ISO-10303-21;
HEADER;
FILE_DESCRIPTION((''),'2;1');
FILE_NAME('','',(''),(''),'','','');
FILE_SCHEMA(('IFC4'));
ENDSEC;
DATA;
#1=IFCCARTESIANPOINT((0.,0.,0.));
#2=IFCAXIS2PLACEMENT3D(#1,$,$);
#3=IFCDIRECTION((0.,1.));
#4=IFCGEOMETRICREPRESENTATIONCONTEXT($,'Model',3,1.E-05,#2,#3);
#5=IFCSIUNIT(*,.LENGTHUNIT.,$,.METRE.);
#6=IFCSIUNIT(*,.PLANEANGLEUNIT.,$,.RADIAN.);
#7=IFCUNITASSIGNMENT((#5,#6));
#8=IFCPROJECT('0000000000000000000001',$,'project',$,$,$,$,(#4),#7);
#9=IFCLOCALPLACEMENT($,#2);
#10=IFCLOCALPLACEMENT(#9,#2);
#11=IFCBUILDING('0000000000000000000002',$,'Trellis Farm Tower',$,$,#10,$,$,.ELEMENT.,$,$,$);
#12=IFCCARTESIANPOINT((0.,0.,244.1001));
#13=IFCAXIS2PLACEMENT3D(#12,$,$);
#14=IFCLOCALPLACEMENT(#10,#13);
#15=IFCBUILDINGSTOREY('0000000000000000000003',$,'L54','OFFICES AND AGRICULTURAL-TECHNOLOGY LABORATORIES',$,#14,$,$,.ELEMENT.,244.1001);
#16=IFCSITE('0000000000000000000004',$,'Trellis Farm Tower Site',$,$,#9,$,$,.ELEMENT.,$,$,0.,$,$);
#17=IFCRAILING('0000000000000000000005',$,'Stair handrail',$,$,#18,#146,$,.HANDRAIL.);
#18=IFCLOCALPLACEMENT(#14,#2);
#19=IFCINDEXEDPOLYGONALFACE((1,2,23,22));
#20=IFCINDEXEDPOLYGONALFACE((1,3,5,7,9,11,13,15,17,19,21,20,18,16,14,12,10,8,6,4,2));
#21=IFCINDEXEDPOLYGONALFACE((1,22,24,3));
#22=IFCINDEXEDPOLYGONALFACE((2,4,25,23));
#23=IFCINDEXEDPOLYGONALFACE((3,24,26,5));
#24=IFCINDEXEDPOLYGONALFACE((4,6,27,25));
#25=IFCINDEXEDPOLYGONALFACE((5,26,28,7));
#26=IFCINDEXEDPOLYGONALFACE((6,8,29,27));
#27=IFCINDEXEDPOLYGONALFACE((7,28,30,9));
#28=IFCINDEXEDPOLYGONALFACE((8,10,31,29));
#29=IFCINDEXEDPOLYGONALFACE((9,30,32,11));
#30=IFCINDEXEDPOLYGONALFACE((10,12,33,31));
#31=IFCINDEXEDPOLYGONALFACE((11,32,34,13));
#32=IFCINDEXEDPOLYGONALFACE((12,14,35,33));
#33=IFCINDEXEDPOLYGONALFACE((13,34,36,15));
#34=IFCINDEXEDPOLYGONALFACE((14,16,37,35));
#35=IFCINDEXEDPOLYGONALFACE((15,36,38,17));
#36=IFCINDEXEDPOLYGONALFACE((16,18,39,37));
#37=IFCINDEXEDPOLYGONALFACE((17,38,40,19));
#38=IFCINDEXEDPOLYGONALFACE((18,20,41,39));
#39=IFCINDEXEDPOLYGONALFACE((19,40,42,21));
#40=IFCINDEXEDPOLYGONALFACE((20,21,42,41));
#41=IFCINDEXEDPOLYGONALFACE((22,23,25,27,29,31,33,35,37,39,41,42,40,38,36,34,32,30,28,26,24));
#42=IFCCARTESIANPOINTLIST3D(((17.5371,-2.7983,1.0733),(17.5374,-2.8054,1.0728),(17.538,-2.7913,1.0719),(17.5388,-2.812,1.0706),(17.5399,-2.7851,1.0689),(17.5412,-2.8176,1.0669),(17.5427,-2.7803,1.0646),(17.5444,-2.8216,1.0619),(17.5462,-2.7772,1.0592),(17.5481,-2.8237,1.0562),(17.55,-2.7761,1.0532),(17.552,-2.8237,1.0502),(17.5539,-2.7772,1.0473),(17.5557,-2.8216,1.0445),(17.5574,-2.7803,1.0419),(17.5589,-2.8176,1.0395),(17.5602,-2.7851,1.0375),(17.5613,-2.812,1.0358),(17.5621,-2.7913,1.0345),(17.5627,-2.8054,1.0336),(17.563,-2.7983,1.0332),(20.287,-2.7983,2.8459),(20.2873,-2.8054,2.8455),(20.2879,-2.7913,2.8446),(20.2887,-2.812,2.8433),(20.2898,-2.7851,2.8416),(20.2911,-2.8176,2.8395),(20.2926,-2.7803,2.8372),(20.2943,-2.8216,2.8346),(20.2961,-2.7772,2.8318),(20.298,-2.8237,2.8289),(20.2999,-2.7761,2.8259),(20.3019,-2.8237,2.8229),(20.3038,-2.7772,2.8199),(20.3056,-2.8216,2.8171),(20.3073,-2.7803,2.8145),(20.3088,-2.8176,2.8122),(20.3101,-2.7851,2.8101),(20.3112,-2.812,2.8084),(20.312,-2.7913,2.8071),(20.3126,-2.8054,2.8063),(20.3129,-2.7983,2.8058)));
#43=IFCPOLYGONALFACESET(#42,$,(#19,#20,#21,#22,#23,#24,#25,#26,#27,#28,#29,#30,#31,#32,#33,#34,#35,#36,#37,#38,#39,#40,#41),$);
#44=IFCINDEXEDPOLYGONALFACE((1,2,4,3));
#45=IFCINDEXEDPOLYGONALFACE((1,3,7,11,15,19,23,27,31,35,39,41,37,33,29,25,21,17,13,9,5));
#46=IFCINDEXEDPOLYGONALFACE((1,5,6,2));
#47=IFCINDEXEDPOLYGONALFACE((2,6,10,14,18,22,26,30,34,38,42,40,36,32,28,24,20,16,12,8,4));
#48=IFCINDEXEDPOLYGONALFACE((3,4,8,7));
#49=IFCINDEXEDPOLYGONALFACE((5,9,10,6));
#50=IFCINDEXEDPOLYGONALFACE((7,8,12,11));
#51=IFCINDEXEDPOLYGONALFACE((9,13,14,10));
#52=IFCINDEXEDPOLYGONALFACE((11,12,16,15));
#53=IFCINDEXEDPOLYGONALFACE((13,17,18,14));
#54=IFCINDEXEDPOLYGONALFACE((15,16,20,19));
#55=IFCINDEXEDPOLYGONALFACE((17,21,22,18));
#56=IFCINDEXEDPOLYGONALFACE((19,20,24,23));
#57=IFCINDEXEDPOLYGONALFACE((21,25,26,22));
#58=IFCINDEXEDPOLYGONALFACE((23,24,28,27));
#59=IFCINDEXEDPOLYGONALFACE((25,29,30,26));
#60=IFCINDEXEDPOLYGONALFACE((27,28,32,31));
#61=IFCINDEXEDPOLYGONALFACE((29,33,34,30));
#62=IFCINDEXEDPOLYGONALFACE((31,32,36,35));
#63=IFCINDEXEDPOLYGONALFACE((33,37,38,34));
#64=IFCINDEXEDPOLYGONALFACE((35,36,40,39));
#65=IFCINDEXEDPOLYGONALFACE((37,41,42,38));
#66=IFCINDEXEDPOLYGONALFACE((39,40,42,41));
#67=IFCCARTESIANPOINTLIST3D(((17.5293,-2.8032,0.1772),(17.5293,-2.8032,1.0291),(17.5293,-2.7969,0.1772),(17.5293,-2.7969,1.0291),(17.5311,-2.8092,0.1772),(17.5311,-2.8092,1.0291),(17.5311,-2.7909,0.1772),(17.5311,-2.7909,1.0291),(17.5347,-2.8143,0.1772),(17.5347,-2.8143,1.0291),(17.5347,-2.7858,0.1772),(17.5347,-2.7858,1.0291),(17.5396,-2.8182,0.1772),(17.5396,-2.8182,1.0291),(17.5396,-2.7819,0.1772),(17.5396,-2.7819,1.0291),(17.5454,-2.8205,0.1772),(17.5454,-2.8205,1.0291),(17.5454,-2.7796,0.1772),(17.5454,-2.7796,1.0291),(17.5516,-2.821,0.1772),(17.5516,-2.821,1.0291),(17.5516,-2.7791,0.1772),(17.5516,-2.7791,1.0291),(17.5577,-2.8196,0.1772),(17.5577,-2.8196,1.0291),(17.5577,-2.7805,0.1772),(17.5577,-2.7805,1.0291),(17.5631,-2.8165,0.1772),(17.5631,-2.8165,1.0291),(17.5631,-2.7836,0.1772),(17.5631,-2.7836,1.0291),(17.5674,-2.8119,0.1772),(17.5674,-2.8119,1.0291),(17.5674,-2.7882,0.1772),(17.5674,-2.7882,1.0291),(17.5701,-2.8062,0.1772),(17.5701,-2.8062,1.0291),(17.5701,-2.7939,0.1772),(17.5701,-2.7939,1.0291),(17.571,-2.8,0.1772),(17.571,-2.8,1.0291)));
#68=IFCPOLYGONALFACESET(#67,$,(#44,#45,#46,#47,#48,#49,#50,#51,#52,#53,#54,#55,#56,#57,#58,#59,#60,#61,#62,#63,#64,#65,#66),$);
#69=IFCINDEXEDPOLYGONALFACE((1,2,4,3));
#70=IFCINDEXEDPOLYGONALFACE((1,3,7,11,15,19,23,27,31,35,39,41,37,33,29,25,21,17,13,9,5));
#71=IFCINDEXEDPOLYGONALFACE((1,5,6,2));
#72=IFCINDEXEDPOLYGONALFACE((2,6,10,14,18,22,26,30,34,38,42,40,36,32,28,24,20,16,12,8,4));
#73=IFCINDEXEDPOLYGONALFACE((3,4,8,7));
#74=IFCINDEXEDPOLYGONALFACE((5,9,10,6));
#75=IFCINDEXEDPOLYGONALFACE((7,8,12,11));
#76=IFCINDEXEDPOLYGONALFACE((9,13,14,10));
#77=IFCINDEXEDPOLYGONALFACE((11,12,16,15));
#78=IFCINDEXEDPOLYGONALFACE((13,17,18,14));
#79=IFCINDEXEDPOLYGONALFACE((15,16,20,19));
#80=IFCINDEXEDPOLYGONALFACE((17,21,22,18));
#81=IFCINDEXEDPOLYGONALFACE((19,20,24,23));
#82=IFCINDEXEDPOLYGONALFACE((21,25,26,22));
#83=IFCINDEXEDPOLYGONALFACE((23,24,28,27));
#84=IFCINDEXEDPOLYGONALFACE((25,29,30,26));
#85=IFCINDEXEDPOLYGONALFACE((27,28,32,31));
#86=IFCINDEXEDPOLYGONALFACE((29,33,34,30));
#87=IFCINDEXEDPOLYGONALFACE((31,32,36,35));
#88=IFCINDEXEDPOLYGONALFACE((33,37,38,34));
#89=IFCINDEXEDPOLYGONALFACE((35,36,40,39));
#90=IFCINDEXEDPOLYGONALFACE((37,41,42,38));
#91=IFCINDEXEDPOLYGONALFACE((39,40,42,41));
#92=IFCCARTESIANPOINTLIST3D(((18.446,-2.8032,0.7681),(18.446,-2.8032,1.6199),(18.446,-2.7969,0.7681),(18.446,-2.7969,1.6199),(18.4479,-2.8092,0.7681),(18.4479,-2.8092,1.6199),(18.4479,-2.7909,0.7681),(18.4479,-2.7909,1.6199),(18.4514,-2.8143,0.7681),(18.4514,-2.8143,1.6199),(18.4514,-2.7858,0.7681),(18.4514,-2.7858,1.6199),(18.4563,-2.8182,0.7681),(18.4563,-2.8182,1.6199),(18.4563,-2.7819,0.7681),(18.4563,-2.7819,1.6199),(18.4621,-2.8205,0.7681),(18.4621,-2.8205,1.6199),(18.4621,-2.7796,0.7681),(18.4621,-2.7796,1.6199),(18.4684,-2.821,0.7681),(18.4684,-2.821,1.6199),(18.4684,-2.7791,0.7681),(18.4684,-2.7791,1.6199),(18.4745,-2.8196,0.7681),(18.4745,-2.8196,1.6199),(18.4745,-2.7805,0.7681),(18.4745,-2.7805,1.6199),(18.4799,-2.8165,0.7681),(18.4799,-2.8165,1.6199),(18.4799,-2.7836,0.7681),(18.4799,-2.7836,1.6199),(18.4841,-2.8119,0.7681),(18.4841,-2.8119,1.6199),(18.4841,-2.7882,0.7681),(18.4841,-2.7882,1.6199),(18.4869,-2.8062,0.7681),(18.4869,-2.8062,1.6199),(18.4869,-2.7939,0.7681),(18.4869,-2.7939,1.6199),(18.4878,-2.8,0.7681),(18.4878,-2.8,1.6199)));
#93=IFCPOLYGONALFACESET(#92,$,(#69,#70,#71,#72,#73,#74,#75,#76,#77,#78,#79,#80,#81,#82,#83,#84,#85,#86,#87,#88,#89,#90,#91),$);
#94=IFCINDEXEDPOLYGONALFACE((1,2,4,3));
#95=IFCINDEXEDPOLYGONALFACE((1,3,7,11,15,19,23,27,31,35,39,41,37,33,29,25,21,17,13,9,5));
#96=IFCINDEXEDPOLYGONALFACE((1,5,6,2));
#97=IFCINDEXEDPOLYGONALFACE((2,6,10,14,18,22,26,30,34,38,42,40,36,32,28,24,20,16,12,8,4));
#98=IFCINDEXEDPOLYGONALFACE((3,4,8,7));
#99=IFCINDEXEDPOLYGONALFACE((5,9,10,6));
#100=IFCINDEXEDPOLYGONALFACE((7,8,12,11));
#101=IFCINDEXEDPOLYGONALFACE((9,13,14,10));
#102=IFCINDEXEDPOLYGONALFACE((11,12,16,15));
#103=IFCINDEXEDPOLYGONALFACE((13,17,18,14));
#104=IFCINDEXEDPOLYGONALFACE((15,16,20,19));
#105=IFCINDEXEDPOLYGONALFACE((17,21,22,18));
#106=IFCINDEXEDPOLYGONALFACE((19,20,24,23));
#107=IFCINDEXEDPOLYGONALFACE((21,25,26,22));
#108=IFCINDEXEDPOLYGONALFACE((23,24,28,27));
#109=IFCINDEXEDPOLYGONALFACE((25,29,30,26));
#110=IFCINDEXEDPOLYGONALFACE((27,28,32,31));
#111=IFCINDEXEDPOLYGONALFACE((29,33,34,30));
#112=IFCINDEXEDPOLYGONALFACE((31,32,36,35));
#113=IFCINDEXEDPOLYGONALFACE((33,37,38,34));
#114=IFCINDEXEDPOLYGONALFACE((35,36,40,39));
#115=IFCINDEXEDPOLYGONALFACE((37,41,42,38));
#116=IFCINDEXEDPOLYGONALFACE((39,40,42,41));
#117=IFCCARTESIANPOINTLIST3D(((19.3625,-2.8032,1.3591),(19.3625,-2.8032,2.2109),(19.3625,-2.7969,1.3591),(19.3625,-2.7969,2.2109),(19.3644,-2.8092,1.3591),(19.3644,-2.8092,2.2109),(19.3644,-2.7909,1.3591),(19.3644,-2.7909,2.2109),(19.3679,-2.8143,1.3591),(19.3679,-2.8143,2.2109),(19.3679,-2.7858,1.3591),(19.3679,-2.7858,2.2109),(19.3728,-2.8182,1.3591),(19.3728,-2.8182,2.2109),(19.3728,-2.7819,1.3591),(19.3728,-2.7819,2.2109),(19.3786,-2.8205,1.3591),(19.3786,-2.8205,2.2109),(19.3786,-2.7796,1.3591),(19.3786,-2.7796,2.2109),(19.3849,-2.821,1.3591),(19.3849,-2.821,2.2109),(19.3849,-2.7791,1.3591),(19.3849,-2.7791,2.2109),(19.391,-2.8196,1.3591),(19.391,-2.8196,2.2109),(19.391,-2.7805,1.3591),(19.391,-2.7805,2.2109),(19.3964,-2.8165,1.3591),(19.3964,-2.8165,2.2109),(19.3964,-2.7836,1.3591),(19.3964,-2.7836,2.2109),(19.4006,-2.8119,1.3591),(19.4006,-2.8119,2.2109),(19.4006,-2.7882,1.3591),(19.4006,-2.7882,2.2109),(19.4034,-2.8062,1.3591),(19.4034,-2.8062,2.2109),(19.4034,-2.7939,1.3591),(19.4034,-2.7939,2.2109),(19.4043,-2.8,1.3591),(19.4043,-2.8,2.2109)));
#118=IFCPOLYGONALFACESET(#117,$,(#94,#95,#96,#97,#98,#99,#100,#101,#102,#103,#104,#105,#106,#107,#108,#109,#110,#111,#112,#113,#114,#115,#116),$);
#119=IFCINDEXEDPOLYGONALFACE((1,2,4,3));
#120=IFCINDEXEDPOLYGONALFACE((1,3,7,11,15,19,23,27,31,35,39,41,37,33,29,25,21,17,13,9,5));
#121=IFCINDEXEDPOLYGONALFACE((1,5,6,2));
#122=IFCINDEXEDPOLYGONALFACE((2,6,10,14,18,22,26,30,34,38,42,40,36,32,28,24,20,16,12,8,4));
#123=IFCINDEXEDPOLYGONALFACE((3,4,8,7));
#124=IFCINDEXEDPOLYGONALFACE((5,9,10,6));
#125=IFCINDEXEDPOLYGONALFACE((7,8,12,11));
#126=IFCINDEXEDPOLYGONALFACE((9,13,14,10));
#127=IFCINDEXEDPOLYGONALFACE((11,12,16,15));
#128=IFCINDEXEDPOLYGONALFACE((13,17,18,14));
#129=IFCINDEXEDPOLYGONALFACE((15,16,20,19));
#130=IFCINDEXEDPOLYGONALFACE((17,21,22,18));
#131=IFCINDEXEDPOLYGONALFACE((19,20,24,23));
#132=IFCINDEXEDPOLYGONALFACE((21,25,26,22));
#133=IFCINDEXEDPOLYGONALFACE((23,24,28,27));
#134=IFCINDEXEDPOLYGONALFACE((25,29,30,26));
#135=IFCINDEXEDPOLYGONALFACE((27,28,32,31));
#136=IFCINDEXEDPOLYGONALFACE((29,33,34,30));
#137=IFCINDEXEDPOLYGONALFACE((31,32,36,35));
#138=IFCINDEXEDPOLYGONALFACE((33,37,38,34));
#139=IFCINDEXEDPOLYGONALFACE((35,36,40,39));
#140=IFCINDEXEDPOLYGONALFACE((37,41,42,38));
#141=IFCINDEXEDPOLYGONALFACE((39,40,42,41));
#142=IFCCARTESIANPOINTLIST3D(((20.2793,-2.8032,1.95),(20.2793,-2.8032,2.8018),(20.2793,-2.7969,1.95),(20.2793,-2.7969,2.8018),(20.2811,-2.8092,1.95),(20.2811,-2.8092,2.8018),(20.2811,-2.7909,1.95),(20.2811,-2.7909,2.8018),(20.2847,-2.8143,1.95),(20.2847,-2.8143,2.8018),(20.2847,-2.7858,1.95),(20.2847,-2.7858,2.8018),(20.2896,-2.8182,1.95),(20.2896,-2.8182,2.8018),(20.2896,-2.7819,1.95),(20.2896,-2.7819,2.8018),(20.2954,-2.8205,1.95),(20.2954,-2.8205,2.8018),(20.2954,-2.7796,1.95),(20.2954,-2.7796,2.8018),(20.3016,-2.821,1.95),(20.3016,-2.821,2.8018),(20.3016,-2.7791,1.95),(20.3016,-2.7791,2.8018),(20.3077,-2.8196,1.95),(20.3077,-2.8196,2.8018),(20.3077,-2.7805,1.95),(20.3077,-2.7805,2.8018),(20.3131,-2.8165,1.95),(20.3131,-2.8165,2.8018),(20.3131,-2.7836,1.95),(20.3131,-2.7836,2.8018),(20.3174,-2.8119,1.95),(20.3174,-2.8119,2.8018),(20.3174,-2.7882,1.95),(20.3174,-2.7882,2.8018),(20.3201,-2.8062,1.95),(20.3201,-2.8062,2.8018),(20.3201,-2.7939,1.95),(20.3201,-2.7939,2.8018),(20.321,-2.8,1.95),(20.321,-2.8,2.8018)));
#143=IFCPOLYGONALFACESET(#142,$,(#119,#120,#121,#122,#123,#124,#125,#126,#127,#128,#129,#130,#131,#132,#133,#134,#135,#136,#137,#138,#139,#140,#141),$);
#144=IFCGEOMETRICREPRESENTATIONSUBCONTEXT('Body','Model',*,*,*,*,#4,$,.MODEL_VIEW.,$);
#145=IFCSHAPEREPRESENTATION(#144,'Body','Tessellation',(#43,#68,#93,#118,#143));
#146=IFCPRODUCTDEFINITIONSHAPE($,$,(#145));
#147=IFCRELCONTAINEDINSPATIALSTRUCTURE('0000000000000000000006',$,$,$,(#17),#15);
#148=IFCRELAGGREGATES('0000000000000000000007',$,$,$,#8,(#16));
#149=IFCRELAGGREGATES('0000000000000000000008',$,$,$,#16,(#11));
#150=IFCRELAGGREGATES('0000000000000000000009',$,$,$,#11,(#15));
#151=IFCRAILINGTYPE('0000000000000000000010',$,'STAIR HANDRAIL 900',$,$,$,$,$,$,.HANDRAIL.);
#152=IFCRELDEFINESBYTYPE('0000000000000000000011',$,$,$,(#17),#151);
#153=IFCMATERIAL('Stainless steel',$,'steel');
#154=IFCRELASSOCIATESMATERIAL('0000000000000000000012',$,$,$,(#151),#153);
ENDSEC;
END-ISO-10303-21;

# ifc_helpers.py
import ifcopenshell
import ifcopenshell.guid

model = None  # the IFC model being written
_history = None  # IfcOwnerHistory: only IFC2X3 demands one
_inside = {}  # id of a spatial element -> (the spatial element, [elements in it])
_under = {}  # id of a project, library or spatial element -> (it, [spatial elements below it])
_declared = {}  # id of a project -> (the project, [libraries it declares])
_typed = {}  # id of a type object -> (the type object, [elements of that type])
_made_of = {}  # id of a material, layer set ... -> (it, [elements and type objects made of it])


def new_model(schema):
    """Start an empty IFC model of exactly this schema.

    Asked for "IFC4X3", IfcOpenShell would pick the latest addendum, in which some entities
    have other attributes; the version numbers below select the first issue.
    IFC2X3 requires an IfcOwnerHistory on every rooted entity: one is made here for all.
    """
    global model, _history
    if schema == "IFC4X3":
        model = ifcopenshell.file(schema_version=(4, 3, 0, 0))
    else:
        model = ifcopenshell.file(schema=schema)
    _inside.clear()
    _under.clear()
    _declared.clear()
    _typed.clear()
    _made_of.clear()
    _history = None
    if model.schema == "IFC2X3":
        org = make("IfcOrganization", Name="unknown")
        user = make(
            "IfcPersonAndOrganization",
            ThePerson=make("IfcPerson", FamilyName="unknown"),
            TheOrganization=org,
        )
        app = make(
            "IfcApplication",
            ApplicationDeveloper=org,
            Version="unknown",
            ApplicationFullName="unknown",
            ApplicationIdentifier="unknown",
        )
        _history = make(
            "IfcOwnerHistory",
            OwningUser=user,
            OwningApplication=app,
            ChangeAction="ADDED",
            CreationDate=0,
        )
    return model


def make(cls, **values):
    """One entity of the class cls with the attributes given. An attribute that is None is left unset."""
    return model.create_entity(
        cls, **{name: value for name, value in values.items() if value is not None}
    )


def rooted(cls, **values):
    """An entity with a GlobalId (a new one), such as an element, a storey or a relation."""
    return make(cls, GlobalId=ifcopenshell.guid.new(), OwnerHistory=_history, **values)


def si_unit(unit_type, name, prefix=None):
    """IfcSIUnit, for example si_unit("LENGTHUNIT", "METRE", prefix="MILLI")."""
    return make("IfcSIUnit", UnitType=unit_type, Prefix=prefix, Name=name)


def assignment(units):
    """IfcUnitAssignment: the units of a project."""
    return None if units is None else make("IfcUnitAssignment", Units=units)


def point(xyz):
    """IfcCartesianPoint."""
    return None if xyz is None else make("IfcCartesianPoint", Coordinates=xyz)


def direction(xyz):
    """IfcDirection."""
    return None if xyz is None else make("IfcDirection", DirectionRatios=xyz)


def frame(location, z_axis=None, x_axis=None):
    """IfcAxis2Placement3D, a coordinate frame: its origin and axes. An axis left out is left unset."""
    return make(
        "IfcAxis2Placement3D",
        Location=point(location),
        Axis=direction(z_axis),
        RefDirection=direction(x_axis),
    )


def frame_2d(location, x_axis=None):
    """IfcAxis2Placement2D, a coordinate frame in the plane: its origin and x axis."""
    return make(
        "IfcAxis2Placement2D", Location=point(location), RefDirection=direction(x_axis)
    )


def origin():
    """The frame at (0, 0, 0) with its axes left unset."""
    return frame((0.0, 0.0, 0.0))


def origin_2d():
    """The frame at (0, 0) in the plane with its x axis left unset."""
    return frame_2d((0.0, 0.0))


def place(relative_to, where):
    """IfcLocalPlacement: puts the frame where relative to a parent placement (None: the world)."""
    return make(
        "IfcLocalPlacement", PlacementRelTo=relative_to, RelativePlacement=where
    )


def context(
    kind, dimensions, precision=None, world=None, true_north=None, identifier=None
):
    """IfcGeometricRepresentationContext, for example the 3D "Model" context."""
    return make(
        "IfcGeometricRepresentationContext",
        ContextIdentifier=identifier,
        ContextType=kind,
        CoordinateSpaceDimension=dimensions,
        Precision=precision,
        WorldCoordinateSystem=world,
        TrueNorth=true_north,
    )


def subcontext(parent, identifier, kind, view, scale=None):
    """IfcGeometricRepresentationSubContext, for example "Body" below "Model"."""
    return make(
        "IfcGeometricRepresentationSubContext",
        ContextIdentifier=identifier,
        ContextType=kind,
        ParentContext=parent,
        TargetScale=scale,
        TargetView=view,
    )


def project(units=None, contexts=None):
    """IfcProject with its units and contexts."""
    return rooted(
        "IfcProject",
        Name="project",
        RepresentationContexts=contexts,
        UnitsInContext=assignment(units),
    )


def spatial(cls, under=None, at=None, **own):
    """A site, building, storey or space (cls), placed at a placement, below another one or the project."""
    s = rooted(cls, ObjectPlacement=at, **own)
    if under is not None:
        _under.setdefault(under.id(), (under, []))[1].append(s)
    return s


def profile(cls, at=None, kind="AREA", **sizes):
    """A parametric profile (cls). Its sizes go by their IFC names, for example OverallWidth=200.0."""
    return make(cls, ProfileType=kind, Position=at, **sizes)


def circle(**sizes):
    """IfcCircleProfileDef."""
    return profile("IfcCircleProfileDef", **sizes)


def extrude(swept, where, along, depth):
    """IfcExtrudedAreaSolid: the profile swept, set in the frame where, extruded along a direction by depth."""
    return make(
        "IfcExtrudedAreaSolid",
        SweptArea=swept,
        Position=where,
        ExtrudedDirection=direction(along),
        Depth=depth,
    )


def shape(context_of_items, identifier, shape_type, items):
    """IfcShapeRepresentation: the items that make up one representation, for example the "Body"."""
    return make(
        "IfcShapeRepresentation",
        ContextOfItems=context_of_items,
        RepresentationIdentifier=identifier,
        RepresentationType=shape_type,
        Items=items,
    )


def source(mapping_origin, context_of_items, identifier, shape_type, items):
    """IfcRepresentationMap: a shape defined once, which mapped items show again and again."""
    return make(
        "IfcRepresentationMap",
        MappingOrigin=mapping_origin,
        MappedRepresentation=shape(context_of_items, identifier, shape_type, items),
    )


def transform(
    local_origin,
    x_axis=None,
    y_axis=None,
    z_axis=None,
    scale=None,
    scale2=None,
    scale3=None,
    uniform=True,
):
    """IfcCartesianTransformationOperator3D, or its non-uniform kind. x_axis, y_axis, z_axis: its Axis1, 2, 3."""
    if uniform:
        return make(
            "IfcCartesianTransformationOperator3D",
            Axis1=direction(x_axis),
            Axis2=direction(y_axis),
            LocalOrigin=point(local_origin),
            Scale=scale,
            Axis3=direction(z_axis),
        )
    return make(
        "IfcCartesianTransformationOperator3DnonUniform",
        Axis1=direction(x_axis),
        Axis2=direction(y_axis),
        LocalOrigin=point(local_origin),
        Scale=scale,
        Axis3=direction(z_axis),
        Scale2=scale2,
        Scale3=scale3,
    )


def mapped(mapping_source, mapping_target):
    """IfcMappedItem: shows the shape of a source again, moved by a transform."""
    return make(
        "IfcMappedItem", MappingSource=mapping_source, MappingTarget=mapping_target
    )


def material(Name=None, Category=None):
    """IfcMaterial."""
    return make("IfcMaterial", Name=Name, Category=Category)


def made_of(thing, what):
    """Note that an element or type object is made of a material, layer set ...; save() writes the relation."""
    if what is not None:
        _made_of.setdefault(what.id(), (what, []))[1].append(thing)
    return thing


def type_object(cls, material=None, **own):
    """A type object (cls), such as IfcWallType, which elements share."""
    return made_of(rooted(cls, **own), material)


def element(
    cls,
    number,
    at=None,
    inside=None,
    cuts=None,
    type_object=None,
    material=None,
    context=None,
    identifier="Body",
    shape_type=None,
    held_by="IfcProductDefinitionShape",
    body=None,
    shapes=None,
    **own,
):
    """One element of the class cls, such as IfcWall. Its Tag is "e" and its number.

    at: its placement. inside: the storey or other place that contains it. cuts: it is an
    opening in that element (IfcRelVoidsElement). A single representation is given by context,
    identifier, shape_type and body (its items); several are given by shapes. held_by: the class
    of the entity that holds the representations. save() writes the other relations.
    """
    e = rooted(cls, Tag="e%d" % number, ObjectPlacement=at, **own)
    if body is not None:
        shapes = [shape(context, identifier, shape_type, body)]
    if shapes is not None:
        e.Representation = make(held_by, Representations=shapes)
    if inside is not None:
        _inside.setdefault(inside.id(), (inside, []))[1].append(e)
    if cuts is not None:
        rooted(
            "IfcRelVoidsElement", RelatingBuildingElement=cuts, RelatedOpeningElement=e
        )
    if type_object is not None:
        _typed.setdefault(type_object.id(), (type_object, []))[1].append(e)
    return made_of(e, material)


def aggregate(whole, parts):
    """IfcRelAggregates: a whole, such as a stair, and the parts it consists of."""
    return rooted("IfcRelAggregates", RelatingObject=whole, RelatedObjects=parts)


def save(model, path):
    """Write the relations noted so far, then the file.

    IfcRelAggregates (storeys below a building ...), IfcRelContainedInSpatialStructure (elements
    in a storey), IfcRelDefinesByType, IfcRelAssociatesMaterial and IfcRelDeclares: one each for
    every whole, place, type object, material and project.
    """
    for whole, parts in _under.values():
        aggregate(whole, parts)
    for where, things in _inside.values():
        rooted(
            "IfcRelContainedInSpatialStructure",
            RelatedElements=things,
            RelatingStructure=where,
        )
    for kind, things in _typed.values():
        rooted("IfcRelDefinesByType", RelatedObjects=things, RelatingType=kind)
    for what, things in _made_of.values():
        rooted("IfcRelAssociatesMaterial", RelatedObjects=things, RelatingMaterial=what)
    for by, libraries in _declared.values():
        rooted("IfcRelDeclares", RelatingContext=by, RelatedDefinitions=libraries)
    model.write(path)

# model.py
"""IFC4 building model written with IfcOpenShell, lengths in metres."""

from ifc_helpers import new_model, si_unit, direction, frame, origin, origin_2d, place, context, subcontext, project, spatial, circle, extrude, source, transform, mapped, material, type_object, element, save


model = new_model("IFC4")

# Units and contexts
model_context = context("Model", 3, precision=1e-05, world=origin(), true_north=direction((0.0, 1.0)))
body_context = subcontext(model_context, "Body", "Model", "MODEL_VIEW")
ifc_project = project(units=[si_unit("LENGTHUNIT", "METRE"), si_unit("PLANEANGLEUNIT", "RADIAN")], contexts=[model_context])

# Site, building, storey
site_placement = place(None, origin())
site = spatial("IfcSite", under=ifc_project, at=site_placement, Name="Trellis Farm Tower Site", CompositionType="ELEMENT", RefElevation=0.0)
building_placement = place(site_placement, origin())
building = spatial("IfcBuilding", under=site, at=building_placement, Name="Trellis Farm Tower", CompositionType="ELEMENT")
storey_placement = place(building_placement, frame((0.0, 0.0, 244.1001)))
storey = spatial("IfcBuildingStorey", under=building, at=storey_placement, Name="L54", Description="OFFICES AND AGRICULTURAL-TECHNOLOGY LABORATORIES", CompositionType="ELEMENT", Elevation=244.1001)

# Railing
ifc_material_1 = material(Name="Stainless steel", Category="steel")
railing_type = type_object("IfcRailingType", Name="STAIR HANDRAIL 900", PredefinedType="HANDRAIL", material=ifc_material_1)
shared_shape_1 = source(origin(), body_context, "Body", "SweptSolid", [
    extrude(circle(Radius=0.0239, at=origin_2d()), frame((0.0, 0.0, 0.876), z_axis=(0.840504, 0.0, 0.541806), x_axis=(0.0, 1.0, 0.0)), (0.0, 0.0, 1.0), 3.2717),
    extrude(circle(Radius=0.021, at=origin_2d()), origin(), (0.0, 0.0, 1.0), 0.8518),
    extrude(circle(Radius=0.021, at=origin_2d()), frame((0.9167, 0.0, 0.5908)), (0.0, 0.0, 1.0), 0.8518),
    extrude(circle(Radius=0.021, at=origin_2d()), frame((1.8333, 0.0, 1.1819)), (0.0, 0.0, 1.0), 0.8518),
    extrude(circle(Radius=0.021, at=origin_2d()), frame((2.75, 0.0, 1.7727)), (0.0, 0.0, 1.0), 0.8518),
])
for number, where, name in (
    (1, (17.55, -2.8, 0.1772), "Stair handrail"),
):
    element("IfcRailing", number, at=place(storey_placement, frame(where)), inside=storey, type_object=railing_type, Name=name, PredefinedType="HANDRAIL", context=body_context, shape_type="MappedRepresentation", body=[
        mapped(shared_shape_1, transform((0.0, 0.0, 0.0))),
    ])

save(model, "model.ifc")
